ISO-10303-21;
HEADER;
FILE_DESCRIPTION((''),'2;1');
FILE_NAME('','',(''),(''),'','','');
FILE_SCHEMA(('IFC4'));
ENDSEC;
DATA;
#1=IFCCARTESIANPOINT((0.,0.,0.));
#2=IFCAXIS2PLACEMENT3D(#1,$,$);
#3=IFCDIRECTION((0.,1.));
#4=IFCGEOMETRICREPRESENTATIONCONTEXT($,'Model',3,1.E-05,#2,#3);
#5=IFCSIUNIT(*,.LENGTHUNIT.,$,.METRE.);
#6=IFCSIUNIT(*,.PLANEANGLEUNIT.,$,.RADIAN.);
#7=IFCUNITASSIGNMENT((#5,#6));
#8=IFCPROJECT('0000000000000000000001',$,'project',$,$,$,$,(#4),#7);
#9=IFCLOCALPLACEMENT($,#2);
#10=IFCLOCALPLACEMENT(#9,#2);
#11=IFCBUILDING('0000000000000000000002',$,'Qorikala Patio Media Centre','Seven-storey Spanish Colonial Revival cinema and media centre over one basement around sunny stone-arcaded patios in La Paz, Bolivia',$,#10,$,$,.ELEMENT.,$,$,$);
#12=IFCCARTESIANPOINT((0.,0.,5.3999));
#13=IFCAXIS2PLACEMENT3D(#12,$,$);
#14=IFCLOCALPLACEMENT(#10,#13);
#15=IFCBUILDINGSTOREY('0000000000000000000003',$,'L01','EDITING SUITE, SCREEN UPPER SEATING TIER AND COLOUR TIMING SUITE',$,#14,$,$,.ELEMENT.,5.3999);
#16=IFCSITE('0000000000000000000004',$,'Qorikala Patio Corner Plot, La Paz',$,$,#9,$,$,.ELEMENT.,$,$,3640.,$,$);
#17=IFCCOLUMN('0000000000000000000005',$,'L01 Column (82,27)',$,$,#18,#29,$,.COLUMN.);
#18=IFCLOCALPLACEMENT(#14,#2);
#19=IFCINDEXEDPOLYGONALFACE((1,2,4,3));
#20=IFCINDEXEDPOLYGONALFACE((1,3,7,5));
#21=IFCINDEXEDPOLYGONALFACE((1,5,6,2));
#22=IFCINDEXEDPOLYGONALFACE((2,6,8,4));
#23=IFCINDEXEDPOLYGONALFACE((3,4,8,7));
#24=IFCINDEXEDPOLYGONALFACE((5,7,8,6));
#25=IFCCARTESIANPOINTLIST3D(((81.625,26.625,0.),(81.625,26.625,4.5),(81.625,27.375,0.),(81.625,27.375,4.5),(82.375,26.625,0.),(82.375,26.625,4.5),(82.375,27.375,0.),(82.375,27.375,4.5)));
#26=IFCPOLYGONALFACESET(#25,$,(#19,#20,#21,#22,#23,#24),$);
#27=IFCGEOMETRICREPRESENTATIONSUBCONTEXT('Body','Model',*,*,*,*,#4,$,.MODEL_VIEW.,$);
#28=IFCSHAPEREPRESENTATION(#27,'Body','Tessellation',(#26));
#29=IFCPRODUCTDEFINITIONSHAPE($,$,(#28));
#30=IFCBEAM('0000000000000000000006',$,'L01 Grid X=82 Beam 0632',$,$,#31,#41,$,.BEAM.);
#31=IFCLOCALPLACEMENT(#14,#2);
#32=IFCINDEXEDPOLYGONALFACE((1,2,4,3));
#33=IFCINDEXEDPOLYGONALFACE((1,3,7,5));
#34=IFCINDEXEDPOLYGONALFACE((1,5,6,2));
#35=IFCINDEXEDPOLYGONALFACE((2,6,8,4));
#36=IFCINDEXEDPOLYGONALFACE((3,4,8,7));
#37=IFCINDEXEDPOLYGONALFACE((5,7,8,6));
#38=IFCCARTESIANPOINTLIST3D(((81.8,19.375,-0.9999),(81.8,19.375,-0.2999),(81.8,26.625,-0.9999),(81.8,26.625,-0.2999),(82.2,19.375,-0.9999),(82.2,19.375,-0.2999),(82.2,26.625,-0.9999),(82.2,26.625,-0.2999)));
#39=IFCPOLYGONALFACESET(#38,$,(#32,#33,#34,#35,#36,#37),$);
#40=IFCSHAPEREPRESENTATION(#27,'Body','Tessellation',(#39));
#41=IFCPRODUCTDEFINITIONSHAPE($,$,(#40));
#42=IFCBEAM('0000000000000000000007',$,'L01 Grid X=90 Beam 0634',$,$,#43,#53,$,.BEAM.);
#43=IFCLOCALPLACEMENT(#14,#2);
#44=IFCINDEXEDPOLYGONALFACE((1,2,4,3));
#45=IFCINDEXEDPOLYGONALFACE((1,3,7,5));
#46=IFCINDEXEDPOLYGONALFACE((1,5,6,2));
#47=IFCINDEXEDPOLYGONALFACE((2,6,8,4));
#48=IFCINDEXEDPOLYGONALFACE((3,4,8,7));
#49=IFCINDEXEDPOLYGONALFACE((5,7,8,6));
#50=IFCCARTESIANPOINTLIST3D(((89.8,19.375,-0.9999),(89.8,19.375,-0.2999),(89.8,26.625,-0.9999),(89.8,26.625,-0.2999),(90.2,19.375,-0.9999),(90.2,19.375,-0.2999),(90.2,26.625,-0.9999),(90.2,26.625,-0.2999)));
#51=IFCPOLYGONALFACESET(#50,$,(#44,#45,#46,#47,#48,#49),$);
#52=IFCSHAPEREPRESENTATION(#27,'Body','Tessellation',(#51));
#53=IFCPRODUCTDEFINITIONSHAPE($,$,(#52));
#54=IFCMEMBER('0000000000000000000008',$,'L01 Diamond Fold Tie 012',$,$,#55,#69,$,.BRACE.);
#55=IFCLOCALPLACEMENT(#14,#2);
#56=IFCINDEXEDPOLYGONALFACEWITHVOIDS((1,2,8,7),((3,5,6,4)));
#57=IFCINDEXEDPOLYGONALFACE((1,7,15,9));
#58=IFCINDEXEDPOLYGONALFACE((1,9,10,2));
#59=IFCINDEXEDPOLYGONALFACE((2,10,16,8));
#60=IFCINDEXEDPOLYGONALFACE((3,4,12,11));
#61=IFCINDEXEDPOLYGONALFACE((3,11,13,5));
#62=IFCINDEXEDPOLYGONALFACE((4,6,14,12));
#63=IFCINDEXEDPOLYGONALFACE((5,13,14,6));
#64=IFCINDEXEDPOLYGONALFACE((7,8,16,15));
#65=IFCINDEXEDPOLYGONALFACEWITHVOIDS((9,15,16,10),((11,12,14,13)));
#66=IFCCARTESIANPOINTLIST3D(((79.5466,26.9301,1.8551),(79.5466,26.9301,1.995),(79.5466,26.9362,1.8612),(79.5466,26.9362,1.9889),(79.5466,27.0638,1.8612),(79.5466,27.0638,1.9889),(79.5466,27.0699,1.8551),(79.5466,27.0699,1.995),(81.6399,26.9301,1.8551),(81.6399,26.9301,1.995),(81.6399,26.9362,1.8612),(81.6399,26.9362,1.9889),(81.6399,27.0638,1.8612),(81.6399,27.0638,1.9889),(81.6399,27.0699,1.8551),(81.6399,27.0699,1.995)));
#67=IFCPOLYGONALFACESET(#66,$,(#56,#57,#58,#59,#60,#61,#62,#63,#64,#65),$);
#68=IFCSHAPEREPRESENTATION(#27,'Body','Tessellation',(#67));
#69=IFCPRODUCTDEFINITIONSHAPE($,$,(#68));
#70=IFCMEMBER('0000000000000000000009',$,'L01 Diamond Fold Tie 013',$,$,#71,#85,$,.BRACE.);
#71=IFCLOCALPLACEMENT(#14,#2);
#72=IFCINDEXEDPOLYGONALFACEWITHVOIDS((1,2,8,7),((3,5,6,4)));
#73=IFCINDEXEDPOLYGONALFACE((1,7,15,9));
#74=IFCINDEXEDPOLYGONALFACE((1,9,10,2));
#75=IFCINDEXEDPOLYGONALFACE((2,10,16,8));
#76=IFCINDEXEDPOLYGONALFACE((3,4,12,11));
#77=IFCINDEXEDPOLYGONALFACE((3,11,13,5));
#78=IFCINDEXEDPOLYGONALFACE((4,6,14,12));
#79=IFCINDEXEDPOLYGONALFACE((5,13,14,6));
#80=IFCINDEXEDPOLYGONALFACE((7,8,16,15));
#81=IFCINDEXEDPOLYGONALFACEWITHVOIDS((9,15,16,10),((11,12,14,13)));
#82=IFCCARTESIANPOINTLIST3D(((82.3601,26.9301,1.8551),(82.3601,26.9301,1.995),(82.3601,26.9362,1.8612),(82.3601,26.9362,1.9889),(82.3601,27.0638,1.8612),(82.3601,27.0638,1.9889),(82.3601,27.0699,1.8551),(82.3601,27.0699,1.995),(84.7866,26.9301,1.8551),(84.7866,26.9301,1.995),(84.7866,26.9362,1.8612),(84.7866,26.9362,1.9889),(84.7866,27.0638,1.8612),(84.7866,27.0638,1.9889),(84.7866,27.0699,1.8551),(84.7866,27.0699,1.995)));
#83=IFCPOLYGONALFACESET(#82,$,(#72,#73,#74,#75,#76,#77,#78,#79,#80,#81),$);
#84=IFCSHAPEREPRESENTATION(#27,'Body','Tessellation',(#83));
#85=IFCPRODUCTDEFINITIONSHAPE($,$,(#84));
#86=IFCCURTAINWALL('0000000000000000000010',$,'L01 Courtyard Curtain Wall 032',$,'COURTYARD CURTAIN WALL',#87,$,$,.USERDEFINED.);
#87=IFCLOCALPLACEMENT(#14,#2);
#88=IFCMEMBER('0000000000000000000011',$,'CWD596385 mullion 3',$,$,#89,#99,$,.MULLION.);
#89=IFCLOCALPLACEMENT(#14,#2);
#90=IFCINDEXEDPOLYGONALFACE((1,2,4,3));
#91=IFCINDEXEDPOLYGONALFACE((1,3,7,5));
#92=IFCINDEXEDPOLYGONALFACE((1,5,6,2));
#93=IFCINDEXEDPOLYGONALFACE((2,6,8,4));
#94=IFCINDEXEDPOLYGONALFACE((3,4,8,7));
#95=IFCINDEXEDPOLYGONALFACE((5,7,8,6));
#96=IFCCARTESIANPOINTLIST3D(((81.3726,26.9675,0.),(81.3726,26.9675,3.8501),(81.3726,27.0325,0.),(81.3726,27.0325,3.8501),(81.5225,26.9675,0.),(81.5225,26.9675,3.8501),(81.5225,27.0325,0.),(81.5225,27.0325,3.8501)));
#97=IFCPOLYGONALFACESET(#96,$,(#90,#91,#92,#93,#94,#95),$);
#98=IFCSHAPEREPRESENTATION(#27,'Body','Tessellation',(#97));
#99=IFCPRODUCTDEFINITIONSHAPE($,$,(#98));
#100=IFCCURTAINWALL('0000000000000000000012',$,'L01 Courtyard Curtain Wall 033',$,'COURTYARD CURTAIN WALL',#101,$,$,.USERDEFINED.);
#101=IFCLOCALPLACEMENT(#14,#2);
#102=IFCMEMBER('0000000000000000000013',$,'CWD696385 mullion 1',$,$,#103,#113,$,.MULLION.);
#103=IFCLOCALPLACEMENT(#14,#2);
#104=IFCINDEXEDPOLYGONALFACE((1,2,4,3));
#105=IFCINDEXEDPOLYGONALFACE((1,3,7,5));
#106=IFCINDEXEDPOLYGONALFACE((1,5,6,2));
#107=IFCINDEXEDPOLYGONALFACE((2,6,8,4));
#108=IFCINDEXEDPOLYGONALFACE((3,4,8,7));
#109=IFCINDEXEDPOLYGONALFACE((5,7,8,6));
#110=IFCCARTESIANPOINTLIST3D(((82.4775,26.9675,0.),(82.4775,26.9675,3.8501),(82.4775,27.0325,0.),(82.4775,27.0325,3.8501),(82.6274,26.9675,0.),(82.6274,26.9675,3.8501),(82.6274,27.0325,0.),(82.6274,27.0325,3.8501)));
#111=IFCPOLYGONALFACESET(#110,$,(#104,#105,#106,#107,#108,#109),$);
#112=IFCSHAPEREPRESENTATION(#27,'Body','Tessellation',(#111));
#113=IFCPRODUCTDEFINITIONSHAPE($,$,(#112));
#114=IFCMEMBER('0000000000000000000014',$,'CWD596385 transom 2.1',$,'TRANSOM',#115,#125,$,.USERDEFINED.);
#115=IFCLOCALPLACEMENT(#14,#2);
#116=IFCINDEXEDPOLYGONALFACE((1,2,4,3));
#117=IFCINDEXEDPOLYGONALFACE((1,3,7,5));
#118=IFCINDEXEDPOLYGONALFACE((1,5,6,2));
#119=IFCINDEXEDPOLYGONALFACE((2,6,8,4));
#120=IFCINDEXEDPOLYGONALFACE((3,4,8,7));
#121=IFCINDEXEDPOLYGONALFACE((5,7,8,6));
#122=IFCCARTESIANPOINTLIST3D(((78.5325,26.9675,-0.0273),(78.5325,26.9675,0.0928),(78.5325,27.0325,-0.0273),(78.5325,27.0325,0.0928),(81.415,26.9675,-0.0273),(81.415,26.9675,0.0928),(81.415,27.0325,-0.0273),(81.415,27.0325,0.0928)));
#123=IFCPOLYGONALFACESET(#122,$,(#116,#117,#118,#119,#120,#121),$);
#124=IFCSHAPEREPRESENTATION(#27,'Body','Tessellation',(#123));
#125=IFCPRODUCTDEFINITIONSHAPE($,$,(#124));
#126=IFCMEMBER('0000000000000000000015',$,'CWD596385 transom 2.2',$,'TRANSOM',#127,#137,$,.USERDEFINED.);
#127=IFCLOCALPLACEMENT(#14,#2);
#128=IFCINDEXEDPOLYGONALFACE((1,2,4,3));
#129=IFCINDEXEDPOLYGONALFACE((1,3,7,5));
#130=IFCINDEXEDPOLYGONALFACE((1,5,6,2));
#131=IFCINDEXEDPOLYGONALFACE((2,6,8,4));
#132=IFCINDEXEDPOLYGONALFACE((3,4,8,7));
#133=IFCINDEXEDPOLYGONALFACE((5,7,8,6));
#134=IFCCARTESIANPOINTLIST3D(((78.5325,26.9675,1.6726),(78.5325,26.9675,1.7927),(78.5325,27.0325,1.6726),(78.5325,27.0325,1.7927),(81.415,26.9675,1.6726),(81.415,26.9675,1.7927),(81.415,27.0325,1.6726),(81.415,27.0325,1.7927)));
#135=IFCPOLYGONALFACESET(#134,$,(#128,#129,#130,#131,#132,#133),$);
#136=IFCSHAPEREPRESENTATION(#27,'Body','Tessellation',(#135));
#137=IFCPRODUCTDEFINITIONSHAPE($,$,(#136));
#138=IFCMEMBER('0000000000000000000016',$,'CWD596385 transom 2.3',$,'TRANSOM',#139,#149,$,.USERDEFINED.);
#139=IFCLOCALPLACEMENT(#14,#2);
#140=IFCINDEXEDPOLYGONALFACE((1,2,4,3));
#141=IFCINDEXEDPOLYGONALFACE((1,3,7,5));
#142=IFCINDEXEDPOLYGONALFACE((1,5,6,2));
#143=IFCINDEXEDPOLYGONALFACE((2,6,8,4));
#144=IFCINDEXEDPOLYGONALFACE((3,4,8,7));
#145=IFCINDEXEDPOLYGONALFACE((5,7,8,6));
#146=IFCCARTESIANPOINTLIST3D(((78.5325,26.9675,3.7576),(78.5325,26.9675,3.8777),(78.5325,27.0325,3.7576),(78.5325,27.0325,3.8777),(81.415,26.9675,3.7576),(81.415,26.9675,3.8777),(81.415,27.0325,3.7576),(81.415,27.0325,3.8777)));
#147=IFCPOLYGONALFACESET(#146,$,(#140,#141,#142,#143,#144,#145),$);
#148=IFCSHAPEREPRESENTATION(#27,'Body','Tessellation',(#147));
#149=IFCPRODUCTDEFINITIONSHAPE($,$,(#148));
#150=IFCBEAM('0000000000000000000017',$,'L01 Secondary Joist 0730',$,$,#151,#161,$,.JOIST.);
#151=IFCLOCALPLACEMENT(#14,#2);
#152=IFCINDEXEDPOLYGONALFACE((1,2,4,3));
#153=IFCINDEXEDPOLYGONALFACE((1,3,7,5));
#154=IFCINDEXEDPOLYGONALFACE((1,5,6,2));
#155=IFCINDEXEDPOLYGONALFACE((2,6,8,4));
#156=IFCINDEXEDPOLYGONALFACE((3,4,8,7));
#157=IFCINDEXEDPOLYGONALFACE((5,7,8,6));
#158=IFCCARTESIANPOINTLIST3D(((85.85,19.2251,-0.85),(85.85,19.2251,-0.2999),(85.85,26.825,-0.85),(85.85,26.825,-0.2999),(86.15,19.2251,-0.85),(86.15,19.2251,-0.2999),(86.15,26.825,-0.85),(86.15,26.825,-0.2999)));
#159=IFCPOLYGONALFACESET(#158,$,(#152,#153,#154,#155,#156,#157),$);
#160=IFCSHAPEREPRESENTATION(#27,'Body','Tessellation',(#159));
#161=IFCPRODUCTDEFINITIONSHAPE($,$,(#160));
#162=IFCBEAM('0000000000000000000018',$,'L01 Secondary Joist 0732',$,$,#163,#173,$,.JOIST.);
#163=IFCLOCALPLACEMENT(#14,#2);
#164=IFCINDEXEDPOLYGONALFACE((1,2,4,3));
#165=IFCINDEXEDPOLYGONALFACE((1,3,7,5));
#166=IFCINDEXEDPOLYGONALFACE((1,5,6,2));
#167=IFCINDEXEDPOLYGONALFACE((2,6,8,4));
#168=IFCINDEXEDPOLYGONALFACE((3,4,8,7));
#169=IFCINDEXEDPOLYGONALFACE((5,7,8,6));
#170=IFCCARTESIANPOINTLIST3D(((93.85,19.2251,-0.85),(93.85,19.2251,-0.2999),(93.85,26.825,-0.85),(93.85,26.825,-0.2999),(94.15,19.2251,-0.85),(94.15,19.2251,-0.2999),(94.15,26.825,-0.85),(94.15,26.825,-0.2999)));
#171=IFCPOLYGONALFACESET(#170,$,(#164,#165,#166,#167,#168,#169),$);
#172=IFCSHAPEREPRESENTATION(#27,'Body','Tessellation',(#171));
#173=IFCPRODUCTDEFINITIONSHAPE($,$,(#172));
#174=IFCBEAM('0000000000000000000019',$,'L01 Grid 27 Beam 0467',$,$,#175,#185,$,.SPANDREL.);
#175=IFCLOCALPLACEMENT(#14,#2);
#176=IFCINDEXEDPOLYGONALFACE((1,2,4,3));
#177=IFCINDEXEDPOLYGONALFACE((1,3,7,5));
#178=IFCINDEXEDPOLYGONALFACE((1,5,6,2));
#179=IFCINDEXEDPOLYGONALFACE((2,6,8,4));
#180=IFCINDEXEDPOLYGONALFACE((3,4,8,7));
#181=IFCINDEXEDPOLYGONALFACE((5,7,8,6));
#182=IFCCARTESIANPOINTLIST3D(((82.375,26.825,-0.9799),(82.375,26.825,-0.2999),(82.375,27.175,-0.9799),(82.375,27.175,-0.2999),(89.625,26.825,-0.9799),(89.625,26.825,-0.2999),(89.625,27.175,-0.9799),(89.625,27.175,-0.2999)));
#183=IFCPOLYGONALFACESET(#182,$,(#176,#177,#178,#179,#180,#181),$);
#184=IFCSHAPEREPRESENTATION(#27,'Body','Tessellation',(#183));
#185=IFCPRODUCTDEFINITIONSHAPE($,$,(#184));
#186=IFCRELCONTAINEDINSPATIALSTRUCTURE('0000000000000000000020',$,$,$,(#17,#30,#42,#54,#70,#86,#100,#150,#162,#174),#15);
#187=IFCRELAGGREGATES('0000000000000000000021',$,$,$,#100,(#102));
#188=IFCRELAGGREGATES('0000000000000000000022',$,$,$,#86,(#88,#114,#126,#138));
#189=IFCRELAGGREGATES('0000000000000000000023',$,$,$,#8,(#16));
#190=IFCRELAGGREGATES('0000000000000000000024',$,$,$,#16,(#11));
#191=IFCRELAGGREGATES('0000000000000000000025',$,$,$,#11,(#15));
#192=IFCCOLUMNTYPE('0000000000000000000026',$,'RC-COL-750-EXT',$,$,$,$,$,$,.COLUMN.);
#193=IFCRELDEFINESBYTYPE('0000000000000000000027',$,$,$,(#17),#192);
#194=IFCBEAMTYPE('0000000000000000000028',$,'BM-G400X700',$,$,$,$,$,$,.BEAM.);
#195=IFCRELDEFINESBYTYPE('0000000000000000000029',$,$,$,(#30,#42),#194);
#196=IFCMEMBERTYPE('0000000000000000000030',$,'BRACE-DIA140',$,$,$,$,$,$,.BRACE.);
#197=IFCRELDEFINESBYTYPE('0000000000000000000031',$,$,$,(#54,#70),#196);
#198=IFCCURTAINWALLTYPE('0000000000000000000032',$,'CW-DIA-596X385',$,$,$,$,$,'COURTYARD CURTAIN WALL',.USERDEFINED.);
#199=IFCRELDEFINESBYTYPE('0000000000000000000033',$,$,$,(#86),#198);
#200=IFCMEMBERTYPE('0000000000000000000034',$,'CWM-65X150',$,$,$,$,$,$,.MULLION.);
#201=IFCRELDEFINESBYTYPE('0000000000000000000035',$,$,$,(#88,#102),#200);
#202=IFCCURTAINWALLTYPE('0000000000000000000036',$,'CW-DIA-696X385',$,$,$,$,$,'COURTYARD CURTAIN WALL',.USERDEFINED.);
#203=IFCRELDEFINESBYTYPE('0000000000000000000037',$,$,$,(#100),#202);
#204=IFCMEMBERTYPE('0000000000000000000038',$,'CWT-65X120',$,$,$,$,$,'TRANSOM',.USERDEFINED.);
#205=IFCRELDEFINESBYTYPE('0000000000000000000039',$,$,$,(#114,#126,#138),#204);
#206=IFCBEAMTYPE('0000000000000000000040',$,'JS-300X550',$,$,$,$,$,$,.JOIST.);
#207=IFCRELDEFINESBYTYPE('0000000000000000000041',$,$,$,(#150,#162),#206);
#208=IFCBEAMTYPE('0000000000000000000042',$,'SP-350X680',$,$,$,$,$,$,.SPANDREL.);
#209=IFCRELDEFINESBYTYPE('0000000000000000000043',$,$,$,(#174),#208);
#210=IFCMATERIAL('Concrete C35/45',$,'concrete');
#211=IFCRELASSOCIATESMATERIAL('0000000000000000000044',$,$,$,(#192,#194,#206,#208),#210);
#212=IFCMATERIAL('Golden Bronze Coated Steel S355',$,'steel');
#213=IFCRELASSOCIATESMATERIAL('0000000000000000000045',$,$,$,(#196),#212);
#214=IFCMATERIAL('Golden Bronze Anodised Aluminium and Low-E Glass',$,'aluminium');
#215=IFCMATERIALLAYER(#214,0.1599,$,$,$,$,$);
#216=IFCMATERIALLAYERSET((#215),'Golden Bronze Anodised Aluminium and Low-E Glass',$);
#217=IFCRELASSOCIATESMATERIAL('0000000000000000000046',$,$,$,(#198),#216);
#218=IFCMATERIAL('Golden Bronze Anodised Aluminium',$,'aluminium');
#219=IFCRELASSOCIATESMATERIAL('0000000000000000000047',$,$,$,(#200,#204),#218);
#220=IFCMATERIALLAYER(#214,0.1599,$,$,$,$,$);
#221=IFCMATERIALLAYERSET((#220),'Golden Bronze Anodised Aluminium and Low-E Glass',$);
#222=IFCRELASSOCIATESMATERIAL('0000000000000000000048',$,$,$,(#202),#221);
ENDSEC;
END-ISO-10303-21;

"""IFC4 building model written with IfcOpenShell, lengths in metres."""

from ifc_helpers import new_model, si_unit, direction, frame, origin, origin_2d, place, context, subcontext, project, spatial, rectangle, hollow_rectangle, extrude, material, layer, layer_set, material_profile, profile_set, type_object, element, aggregate, save


model = new_model("IFC4")

# Units and contexts
model_context = context("Model", 3, precision=1e-05, world=origin(), true_north=direction((0.0, 1.0)))
body_context = subcontext(model_context, "Body", "Model", "MODEL_VIEW")
ifc_project = project(units=[si_unit("LENGTHUNIT", "METRE"), si_unit("PLANEANGLEUNIT", "RADIAN")], contexts=[model_context])

# Site, building, storey
site_placement = place(None, origin())
site = spatial("IfcSite", under=ifc_project, at=site_placement, Name="Qorikala Patio Corner Plot, La Paz", CompositionType="ELEMENT", RefElevation=3640.0)
building_placement = place(site_placement, origin())
building = spatial("IfcBuilding", under=site, at=building_placement, Name="Qorikala Patio Media Centre", Description="Seven-storey Spanish Colonial Revival cinema and media centre over one basement around sunny stone-arcaded patios in La Paz, Bolivia", CompositionType="ELEMENT")
storey_placement = place(building_placement, frame((0.0, 0.0, 5.3999)))
storey = spatial("IfcBuildingStorey", under=building, at=storey_placement, Name="L01", Description="EDITING SUITE, SCREEN UPPER SEATING TIER AND COLOUR TIMING SUITE", CompositionType="ELEMENT", Elevation=5.3999)

# Column
ifc_material_1 = material(Name="Concrete C35/45", Category="concrete")
ifc_material_profile_1 = material_profile(ifc_material_1, rectangle(XDim=0.75, YDim=0.75, at=origin_2d()), Name="RC 750x750")
ifc_profile_set_1 = profile_set([ifc_material_profile_1], Name="Concrete C35/45")
column_type = type_object("IfcColumnType", Name="RC-COL-750-EXT", PredefinedType="COLUMN", material=ifc_profile_set_1)
column_placement = place(storey_placement, frame((82.0, 27.0, 0.0), z_axis=(0.0, 0.0, 1.0), x_axis=(1.0, 0.0, 0.0)))
element("IfcColumn", 1, at=column_placement, inside=storey, type_object=column_type, Name="L01 Column (82,27)", PredefinedType="COLUMN", context=body_context, shape_type="SweptSolid", body=[
    extrude(rectangle(XDim=0.75, YDim=0.75, at=origin_2d()), origin(), (0.0, 0.0, 1.0), 4.5),
])

# Beams
ifc_material_profile_2 = material_profile(ifc_material_1, rectangle(XDim=0.3999, YDim=0.7, at=origin_2d()), Name="RC 400x700")
ifc_profile_set_2 = profile_set([ifc_material_profile_2], Name="Concrete C35/45")
beam_type_1 = type_object("IfcBeamType", Name="BM-G400X700", PredefinedType="BEAM", material=ifc_profile_set_2)
for number, where, z_axis, x_axis, name in (
    (2, (82.0, 19.375, -0.6499), (0.0, 1.0, 0.0), (-1.0, 0.0, 0.0), "L01 Grid X=82 Beam 0632"),
    (3, (90.0, 19.375, -0.6499), (0.0, 1.0, 0.0), (-1.0, 0.0, 0.0), "L01 Grid X=90 Beam 0634"),
):
    element("IfcBeam", number, at=place(storey_placement, frame(where, z_axis=z_axis, x_axis=x_axis)), inside=storey, type_object=beam_type_1, Name=name, PredefinedType="BEAM", context=body_context, shape_type="SweptSolid", body=[
        extrude(rectangle(XDim=0.3999, YDim=0.7, at=origin_2d()), origin(), (0.0, 0.0, 1.0), 7.25),
    ])

# Members
ifc_material_2 = material(Name="Golden Bronze Coated Steel S355", Category="steel")
ifc_material_profile_3 = material_profile(ifc_material_2, hollow_rectangle(XDim=0.1399, YDim=0.1399, WallThickness=0.0061, at=origin_2d()), Name="HSS140X140X6")
ifc_profile_set_3 = profile_set([ifc_material_profile_3], Name="Golden Bronze Coated Steel S355")
member_type_1 = type_object("IfcMemberType", Name="BRACE-DIA140", PredefinedType="BRACE", material=ifc_profile_set_3)
member_1_placement = place(storey_placement, frame((79.5466, 27.0, 1.925), z_axis=(1.0, 0.0, 0.0), x_axis=(0.0, 1.0, 0.0)))
element("IfcMember", 4, at=member_1_placement, inside=storey, type_object=member_type_1, Name="L01 Diamond Fold Tie 012", PredefinedType="BRACE", context=body_context, shape_type="SweptSolid", body=[
    extrude(hollow_rectangle(XDim=0.1399, YDim=0.1399, WallThickness=0.0061, at=origin_2d()), origin(), (0.0, 0.0, 1.0), 2.0933),
])
member_2_placement = place(storey_placement, frame((82.3601, 27.0, 1.925), z_axis=(1.0, 0.0, 0.0), x_axis=(0.0, 1.0, 0.0)))
element("IfcMember", 5, at=member_2_placement, inside=storey, type_object=member_type_1, Name="L01 Diamond Fold Tie 013", PredefinedType="BRACE", context=body_context, shape_type="SweptSolid", body=[
    extrude(hollow_rectangle(XDim=0.1399, YDim=0.1399, WallThickness=0.0061, at=origin_2d()), origin(), (0.0, 0.0, 1.0), 2.4265),
])

# Curtain walls, members
ifc_material_3 = material(Name="Golden Bronze Anodised Aluminium and Low-E Glass", Category="aluminium")
ifc_layer_1 = layer(ifc_material_3, 0.1599)
ifc_layer_set_1 = layer_set([ifc_layer_1], Name="Golden Bronze Anodised Aluminium and Low-E Glass")
curtain_wall_type_1 = type_object("IfcCurtainWallType", Name="CW-DIA-596X385", ElementType="COURTYARD CURTAIN WALL", PredefinedType="USERDEFINED", material=ifc_layer_set_1)
curtain_wall_1_placement = place(storey_placement, origin())
curtain_wall_1 = element("IfcCurtainWall", 6, at=curtain_wall_1_placement, inside=storey, type_object=curtain_wall_type_1, Name="L01 Courtyard Curtain Wall 032", ObjectType="COURTYARD CURTAIN WALL", PredefinedType="USERDEFINED")
ifc_material_4 = material(Name="Golden Bronze Anodised Aluminium", Category="aluminium")
ifc_material_profile_4 = material_profile(ifc_material_4, rectangle(XDim=0.0649, YDim=0.1499, at=origin_2d()), Name="ALU MULLION 65x150")
ifc_profile_set_4 = profile_set([ifc_material_profile_4], Name="Golden Bronze Anodised Aluminium")
member_type_2 = type_object("IfcMemberType", Name="CWM-65X150", PredefinedType="MULLION", material=ifc_profile_set_4)
member_3_placement = place(storey_placement, frame((81.4475, 27.0, 0.0), z_axis=(0.0, 0.0, 1.0), x_axis=(0.0, 1.0, 0.0)))
member_3 = element("IfcMember", 7, at=member_3_placement, type_object=member_type_2, Name="CWD596385 mullion 3", PredefinedType="MULLION", context=body_context, shape_type="SweptSolid", body=[
    extrude(rectangle(XDim=0.0649, YDim=0.1499, at=origin_2d()), origin(), (0.0, 0.0, 1.0), 3.8501),
])
ifc_layer_2 = layer(ifc_material_3, 0.1599)
ifc_layer_set_2 = layer_set([ifc_layer_2], Name="Golden Bronze Anodised Aluminium and Low-E Glass")
curtain_wall_type_2 = type_object("IfcCurtainWallType", Name="CW-DIA-696X385", ElementType="COURTYARD CURTAIN WALL", PredefinedType="USERDEFINED", material=ifc_layer_set_2)
curtain_wall_2_placement = place(storey_placement, origin())
curtain_wall_2 = element("IfcCurtainWall", 8, at=curtain_wall_2_placement, inside=storey, type_object=curtain_wall_type_2, Name="L01 Courtyard Curtain Wall 033", ObjectType="COURTYARD CURTAIN WALL", PredefinedType="USERDEFINED")
member_4_placement = place(storey_placement, frame((82.5525, 27.0, 0.0), z_axis=(0.0, 0.0, 1.0), x_axis=(0.0, 1.0, 0.0)))
member_4 = element("IfcMember", 9, at=member_4_placement, type_object=member_type_2, Name="CWD696385 mullion 1", PredefinedType="MULLION", context=body_context, shape_type="SweptSolid", body=[
    extrude(rectangle(XDim=0.0649, YDim=0.1499, at=origin_2d()), origin(), (0.0, 0.0, 1.0), 3.8501),
])
aggregate(curtain_wall_2, [member_4])

# Members
ifc_material_profile_5 = material_profile(ifc_material_4, rectangle(XDim=0.0649, YDim=0.1201, at=origin_2d()), Name="ALU TRANSOM 65x120")
ifc_profile_set_5 = profile_set([ifc_material_profile_5], Name="Golden Bronze Anodised Aluminium")
member_type_3 = type_object("IfcMemberType", Name="CWT-65X120", ElementType="TRANSOM", PredefinedType="USERDEFINED", material=ifc_profile_set_5)
member_5_placement = place(storey_placement, frame((78.5325, 27.0, 0.0327), z_axis=(1.0, 0.0, 0.0), x_axis=(0.0, 1.0, 0.0)))
member_5 = element("IfcMember", 10, at=member_5_placement, type_object=member_type_3, Name="CWD596385 transom 2.1", ObjectType="TRANSOM", PredefinedType="USERDEFINED", context=body_context, shape_type="SweptSolid", body=[
    extrude(rectangle(XDim=0.0649, YDim=0.1201, at=origin_2d()), origin(), (0.0, 0.0, 1.0), 2.8826),
])
member_6_placement = place(storey_placement, frame((78.5325, 27.0, 1.7327), z_axis=(1.0, 0.0, 0.0), x_axis=(0.0, 1.0, 0.0)))
member_6 = element("IfcMember", 11, at=member_6_placement, type_object=member_type_3, Name="CWD596385 transom 2.2", ObjectType="TRANSOM", PredefinedType="USERDEFINED", context=body_context, shape_type="SweptSolid", body=[
    extrude(rectangle(XDim=0.0649, YDim=0.1201, at=origin_2d()), origin(), (0.0, 0.0, 1.0), 2.8826),
])
member_7_placement = place(storey_placement, frame((78.5325, 27.0, 3.8176), z_axis=(1.0, 0.0, 0.0), x_axis=(0.0, 1.0, 0.0)))
member_7 = element("IfcMember", 12, at=member_7_placement, type_object=member_type_3, Name="CWD596385 transom 2.3", ObjectType="TRANSOM", PredefinedType="USERDEFINED", context=body_context, shape_type="SweptSolid", body=[
    extrude(rectangle(XDim=0.0649, YDim=0.1201, at=origin_2d()), origin(), (0.0, 0.0, 1.0), 2.8826),
])

# Beams
ifc_material_profile_6 = material_profile(ifc_material_1, rectangle(XDim=0.3, YDim=0.55, at=origin_2d()), Name="RC 300x550")
ifc_profile_set_6 = profile_set([ifc_material_profile_6], Name="Concrete C35/45")
beam_type_2 = type_object("IfcBeamType", Name="JS-300X550", PredefinedType="JOIST", material=ifc_profile_set_6)
for number, where, z_axis, x_axis, name in (
    (13, (86.0, 19.2251, -0.575), (0.0, 1.0, 0.0), (-1.0, 0.0, 0.0), "L01 Secondary Joist 0730"),
    (14, (94.0, 19.2251, -0.575), (0.0, 1.0, 0.0), (-1.0, 0.0, 0.0), "L01 Secondary Joist 0732"),
):
    element("IfcBeam", number, at=place(storey_placement, frame(where, z_axis=z_axis, x_axis=x_axis)), inside=storey, type_object=beam_type_2, Name=name, PredefinedType="JOIST", context=body_context, shape_type="SweptSolid", body=[
        extrude(rectangle(XDim=0.3, YDim=0.55, at=origin_2d()), origin(), (0.0, 0.0, 1.0), 7.5999),
    ])
ifc_material_profile_7 = material_profile(ifc_material_1, rectangle(XDim=0.3501, YDim=0.6799, at=origin_2d()), Name="RC 350x680")
ifc_profile_set_7 = profile_set([ifc_material_profile_7], Name="Concrete C35/45")
beam_type_3 = type_object("IfcBeamType", Name="SP-350X680", PredefinedType="SPANDREL", material=ifc_profile_set_7)
beam_placement = place(storey_placement, frame((82.375, 27.0, -0.6399), z_axis=(1.0, 0.0, 0.0), x_axis=(0.0, 1.0, 0.0)))
element("IfcBeam", 15, at=beam_placement, inside=storey, type_object=beam_type_3, Name="L01 Grid 27 Beam 0467", PredefinedType="SPANDREL", context=body_context, shape_type="SweptSolid", body=[
    extrude(rectangle(XDim=0.3501, YDim=0.6799, at=origin_2d()), origin(), (0.0, 0.0, 1.0), 7.25),
])

aggregate(curtain_wall_1, [member_3, member_5, member_6, member_7])

save(model, "model.ifc")
